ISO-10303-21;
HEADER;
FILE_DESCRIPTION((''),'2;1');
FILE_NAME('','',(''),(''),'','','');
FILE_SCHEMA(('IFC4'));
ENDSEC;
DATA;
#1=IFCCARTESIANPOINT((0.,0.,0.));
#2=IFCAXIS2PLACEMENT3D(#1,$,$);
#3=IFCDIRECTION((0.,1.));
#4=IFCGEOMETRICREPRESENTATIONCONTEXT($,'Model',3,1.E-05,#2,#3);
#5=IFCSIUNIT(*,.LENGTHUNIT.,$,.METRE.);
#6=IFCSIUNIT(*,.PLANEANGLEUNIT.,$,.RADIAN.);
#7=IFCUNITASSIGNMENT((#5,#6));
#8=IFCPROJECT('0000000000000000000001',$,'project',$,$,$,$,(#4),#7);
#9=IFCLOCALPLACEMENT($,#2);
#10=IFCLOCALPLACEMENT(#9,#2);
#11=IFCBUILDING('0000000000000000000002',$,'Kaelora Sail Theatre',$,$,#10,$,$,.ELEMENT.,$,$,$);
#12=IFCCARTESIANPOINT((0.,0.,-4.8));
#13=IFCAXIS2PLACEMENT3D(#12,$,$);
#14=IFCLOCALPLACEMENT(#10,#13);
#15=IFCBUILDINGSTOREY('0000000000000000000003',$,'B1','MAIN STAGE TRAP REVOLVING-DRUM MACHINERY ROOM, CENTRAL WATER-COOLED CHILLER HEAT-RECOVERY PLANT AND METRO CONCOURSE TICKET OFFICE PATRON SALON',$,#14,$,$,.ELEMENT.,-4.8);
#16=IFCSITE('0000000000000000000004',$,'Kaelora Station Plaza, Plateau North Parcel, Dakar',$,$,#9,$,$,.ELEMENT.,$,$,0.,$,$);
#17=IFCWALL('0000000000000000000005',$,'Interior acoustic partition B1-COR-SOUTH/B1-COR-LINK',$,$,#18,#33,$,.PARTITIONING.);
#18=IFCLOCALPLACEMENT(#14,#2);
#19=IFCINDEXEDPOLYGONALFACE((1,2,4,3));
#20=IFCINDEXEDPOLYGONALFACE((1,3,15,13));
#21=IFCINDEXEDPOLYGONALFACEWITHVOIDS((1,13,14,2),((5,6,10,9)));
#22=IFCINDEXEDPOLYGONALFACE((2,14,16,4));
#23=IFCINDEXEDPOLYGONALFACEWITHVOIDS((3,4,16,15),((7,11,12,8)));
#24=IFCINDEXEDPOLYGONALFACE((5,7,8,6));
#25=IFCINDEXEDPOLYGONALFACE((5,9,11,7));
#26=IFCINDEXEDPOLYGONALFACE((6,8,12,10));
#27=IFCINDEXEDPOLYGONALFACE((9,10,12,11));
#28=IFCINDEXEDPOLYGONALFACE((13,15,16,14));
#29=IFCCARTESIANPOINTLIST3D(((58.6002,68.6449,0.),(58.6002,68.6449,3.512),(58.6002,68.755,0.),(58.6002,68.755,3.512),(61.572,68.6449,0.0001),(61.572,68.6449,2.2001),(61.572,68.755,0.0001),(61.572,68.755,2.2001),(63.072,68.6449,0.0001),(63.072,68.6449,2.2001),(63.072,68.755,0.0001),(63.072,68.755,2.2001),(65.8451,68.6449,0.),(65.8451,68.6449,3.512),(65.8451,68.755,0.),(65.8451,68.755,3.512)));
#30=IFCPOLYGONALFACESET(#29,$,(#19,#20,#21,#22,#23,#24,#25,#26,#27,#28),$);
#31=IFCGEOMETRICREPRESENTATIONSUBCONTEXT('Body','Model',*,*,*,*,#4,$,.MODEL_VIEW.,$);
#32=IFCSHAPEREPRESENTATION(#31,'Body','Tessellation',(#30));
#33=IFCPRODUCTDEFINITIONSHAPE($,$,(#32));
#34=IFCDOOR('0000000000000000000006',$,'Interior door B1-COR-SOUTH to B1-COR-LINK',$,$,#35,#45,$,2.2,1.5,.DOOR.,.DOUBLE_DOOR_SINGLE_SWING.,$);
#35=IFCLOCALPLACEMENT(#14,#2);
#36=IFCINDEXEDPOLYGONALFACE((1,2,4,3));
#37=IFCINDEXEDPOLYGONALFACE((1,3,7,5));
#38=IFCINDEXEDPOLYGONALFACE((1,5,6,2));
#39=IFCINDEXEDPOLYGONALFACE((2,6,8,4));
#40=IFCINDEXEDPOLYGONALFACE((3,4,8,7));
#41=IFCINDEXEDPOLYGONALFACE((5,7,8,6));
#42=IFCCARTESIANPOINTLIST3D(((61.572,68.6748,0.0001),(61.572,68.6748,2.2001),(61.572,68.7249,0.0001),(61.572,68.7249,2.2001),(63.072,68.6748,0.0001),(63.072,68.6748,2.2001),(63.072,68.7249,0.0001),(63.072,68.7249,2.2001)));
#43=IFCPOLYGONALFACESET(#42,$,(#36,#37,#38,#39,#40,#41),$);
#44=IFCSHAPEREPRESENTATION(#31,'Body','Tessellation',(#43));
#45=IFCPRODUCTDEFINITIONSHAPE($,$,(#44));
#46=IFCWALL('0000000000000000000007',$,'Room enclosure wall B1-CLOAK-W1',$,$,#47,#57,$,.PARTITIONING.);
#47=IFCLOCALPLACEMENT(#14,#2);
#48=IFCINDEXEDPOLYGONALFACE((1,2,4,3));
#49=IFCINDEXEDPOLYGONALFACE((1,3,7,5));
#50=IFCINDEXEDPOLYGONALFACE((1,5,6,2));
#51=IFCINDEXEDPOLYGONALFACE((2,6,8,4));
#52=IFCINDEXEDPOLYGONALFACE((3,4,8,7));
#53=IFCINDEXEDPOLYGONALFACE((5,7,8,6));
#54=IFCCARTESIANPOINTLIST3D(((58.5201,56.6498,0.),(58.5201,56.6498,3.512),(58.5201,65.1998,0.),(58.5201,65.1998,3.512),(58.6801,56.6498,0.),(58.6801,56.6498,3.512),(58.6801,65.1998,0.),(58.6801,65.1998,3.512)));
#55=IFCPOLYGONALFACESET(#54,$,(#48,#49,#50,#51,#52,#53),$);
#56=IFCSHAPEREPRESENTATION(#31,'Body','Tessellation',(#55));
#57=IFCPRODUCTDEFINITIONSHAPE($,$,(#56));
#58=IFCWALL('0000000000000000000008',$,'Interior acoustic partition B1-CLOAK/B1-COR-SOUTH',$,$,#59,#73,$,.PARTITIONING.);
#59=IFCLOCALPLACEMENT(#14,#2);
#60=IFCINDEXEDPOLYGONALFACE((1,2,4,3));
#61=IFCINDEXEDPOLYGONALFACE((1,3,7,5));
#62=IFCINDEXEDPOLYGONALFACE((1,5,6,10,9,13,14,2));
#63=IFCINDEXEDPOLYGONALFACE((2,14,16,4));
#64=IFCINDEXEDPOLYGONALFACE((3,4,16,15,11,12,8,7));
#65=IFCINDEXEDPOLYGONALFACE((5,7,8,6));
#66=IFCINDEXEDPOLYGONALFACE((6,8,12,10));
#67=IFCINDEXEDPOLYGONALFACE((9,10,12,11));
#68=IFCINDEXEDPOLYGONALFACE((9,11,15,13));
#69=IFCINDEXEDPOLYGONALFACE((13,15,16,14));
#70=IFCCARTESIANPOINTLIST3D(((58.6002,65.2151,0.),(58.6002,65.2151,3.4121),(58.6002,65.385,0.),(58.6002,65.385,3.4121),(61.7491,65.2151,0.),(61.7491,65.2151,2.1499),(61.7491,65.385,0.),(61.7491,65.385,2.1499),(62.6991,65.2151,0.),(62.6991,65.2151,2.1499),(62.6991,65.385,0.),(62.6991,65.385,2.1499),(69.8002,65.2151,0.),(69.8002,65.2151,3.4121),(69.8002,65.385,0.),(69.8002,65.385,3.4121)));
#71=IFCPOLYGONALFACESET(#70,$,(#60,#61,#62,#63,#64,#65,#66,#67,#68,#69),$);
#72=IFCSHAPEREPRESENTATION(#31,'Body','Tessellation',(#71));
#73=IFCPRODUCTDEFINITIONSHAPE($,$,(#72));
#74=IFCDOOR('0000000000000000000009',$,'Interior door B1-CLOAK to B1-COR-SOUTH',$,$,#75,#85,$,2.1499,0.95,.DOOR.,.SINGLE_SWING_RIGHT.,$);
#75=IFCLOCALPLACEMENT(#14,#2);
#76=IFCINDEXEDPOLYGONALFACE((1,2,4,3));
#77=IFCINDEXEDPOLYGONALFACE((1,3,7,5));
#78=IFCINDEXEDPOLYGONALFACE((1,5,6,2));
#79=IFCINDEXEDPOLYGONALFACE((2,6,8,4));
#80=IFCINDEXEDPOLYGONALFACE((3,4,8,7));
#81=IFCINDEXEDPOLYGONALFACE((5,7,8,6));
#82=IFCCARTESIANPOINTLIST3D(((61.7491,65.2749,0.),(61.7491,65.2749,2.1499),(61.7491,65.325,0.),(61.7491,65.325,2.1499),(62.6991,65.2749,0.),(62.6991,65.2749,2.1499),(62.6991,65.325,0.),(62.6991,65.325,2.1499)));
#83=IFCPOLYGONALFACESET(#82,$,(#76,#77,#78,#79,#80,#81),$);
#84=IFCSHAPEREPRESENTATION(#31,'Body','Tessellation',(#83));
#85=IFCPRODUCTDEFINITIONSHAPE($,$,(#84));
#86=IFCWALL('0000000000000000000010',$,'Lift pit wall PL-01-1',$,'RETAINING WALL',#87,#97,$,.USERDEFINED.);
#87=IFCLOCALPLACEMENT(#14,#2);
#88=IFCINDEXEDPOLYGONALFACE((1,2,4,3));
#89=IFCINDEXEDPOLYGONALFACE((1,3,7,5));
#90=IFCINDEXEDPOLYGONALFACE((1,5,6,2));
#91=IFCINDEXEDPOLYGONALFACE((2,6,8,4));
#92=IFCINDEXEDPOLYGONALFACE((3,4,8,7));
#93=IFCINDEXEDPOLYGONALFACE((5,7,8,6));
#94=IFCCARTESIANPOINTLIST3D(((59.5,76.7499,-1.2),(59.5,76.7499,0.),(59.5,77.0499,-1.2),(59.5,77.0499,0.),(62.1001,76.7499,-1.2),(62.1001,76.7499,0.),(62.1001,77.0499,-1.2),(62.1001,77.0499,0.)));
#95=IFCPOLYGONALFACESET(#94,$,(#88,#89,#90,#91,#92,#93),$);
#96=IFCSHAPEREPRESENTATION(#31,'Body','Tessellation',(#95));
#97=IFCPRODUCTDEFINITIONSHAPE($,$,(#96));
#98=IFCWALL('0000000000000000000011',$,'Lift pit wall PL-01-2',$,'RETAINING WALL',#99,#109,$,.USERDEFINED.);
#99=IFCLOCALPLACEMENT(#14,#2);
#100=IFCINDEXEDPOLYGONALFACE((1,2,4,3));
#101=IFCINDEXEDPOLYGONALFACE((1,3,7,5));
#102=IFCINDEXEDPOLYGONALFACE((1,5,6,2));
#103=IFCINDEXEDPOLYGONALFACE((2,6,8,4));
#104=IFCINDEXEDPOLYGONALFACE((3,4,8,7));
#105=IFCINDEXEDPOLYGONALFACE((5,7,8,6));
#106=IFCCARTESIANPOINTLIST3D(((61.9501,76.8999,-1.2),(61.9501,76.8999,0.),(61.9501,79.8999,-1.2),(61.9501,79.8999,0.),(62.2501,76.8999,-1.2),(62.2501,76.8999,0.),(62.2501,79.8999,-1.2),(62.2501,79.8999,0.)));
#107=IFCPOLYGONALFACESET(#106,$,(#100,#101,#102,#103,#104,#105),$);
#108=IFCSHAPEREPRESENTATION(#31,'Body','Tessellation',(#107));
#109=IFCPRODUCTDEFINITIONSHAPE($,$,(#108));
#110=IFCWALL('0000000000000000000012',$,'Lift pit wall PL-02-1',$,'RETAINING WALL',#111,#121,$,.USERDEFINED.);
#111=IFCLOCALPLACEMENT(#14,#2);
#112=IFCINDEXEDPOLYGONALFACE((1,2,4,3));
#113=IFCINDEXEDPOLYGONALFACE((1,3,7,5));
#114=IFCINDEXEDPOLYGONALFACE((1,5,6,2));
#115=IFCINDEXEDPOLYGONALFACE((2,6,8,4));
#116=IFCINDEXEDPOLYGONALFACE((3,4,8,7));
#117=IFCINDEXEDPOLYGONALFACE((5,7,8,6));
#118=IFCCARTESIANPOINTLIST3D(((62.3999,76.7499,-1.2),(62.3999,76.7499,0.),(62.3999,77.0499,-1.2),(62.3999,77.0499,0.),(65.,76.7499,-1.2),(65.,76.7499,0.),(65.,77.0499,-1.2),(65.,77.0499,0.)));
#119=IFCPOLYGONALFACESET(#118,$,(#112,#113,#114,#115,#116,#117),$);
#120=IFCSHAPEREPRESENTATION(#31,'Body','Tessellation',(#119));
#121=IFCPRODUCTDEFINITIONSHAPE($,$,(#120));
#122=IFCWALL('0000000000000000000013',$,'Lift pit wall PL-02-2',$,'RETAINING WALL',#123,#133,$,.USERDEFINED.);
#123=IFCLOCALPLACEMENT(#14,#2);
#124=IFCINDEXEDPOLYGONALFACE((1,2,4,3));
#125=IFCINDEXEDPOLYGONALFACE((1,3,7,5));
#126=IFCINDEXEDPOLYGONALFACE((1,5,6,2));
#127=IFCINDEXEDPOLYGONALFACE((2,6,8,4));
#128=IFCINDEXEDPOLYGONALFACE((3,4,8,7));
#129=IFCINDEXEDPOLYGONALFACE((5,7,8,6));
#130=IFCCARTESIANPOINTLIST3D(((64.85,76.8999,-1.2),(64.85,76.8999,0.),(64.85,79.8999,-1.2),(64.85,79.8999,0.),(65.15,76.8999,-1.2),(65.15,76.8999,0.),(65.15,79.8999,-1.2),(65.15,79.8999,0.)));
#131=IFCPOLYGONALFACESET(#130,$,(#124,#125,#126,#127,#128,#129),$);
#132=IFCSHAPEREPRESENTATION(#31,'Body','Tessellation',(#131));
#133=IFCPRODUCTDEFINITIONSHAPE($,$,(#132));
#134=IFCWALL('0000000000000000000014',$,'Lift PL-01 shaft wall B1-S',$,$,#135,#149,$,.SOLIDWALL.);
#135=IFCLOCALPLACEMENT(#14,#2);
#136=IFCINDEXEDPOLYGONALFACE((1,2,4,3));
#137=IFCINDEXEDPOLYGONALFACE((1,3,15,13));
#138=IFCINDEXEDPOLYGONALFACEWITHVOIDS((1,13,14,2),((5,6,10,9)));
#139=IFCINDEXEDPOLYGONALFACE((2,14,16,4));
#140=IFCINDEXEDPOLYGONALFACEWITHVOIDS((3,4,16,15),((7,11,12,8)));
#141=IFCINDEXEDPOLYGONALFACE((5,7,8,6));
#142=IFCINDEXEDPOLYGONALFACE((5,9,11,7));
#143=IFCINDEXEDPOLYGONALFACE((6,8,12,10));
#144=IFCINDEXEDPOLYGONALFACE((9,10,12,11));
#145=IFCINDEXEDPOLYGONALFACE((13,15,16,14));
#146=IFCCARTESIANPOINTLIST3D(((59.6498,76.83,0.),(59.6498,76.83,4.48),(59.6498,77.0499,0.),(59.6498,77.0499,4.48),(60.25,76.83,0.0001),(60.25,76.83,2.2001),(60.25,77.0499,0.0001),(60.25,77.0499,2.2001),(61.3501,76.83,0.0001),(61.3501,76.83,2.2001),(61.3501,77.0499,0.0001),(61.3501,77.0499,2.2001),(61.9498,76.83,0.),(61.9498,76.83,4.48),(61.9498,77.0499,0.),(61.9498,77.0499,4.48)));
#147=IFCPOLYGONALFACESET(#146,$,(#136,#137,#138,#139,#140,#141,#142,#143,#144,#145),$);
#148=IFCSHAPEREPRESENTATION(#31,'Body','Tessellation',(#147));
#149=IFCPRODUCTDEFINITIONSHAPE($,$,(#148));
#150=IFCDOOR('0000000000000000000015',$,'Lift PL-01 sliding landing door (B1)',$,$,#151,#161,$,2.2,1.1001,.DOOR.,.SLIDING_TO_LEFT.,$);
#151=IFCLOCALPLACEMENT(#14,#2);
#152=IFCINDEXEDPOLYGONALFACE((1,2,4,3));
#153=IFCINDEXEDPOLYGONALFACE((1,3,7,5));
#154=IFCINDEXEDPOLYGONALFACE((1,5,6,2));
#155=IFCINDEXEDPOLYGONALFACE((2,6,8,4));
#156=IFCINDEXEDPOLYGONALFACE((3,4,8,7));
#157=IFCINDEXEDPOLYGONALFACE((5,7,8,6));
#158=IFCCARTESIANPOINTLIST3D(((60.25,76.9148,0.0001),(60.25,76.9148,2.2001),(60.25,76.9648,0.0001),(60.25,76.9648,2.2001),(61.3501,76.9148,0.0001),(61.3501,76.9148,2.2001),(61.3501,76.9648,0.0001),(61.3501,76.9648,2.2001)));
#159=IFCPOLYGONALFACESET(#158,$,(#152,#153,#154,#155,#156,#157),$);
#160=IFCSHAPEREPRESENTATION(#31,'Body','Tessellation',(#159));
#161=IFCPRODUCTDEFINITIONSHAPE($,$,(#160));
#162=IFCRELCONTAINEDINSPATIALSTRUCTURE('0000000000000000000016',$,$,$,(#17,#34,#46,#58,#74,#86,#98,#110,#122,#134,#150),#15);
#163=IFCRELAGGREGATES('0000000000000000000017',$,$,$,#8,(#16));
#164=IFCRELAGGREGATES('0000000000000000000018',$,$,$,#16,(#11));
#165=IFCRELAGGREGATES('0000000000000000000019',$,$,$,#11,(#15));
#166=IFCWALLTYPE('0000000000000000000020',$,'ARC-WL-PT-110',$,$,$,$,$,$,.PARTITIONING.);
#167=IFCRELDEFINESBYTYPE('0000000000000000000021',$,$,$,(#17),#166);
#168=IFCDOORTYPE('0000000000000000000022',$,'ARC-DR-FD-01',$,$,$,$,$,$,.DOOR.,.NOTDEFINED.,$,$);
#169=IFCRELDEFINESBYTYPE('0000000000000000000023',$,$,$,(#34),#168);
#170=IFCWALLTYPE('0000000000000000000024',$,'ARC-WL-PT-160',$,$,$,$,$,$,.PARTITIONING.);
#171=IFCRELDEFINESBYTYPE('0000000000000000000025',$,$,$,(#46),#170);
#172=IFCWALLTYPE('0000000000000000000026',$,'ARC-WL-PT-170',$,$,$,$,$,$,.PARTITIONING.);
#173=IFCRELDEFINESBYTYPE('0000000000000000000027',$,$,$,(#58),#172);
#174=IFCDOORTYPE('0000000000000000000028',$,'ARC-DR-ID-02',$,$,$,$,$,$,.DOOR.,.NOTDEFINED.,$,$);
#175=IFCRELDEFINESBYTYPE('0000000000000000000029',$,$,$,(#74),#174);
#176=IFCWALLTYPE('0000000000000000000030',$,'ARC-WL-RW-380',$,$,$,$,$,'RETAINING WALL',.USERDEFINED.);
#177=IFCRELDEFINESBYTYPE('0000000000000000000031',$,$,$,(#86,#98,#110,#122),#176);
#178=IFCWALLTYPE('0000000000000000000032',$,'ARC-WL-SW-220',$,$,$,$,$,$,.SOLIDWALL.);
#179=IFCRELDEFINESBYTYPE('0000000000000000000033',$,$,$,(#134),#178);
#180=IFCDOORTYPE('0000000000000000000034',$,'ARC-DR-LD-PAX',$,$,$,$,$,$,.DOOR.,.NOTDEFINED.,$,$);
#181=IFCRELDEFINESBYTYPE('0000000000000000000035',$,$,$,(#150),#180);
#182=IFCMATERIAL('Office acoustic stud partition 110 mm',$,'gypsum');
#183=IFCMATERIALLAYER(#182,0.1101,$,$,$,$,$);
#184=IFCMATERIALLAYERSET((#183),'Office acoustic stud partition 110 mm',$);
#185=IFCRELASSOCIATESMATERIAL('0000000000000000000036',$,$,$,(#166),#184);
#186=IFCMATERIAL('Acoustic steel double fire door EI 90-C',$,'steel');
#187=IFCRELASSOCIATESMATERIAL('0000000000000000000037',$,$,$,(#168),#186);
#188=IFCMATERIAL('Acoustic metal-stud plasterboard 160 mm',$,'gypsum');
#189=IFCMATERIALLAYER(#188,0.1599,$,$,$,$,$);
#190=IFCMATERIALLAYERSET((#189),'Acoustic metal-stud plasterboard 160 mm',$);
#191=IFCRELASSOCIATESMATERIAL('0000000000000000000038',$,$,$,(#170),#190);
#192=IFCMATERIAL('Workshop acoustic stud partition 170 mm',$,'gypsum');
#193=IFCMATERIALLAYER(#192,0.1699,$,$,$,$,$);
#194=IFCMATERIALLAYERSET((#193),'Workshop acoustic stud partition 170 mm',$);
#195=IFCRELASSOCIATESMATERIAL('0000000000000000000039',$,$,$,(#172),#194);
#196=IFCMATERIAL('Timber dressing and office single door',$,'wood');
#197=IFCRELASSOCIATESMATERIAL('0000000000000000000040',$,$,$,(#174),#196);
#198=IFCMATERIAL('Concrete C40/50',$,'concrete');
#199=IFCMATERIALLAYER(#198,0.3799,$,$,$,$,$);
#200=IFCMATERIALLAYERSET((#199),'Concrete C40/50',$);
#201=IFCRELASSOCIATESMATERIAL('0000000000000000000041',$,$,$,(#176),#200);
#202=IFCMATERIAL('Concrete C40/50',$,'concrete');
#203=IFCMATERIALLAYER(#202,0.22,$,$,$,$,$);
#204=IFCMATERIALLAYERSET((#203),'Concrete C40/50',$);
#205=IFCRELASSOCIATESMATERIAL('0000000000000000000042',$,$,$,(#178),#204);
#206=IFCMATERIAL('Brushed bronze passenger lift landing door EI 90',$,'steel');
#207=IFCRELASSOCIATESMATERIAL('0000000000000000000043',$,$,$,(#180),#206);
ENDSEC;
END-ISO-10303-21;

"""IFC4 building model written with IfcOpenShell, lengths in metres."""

from ifc_helpers import new_model, si_unit, direction, frame, frame_2d, origin, place, context, subcontext, project, spatial, rectangle, extrude, material, layer, layer_set, type_object, element, fill, save


model = new_model("IFC4")

# Units and contexts
model_context = context("Model", 3, precision=1e-05, world=origin(), true_north=direction((0.0, 1.0)))
body_context = subcontext(model_context, "Body", "Model", "MODEL_VIEW")
ifc_project = project(units=[si_unit("LENGTHUNIT", "METRE"), si_unit("PLANEANGLEUNIT", "RADIAN")], contexts=[model_context])

# Site, building, storey
site_placement = place(None, origin())
site = spatial("IfcSite", under=ifc_project, at=site_placement, Name="Kaelora Station Plaza, Plateau North Parcel, Dakar", CompositionType="ELEMENT", RefElevation=0.0)
building_placement = place(site_placement, origin())
building = spatial("IfcBuilding", under=site, at=building_placement, Name="Kaelora Sail Theatre", CompositionType="ELEMENT")
storey_placement = place(building_placement, frame((0.0, 0.0, -4.8)))
storey = spatial("IfcBuildingStorey", under=building, at=storey_placement, Name="B1", Description="MAIN STAGE TRAP REVOLVING-DRUM MACHINERY ROOM, CENTRAL WATER-COOLED CHILLER HEAT-RECOVERY PLANT AND METRO CONCOURSE TICKET OFFICE PATRON SALON", CompositionType="ELEMENT", Elevation=-4.8)

# Wall, opening, door
ifc_material_1 = material(Name="Office acoustic stud partition 110 mm", Category="gypsum")
ifc_layer_1 = layer(ifc_material_1, 0.1101)
ifc_layer_set_1 = layer_set([ifc_layer_1], Name="Office acoustic stud partition 110 mm")
wall_type_1 = type_object("IfcWallType", Name="ARC-WL-PT-110", PredefinedType="PARTITIONING", material=ifc_layer_set_1)
wall_1_placement = place(storey_placement, frame((58.6001, 68.7, 0.0), z_axis=(0.0, 0.0, 1.0), x_axis=(1.0, 0.0, 0.0)))
wall_1 = element("IfcWall", 1, at=wall_1_placement, inside=storey, type_object=wall_type_1, Name="Interior acoustic partition B1-COR-SOUTH/B1-COR-LINK", PredefinedType="PARTITIONING", context=body_context, shape_type="SweptSolid", body=[
    extrude(rectangle(XDim=7.2449, YDim=0.1101, at=frame_2d((3.6226, 0.0))), origin(), (0.0, 0.0, 1.0), 3.512),
])
opening_1_placement = place(wall_1_placement, frame((2.9719, 0.0, 0.0)))
opening_1 = element("IfcOpeningElement", 2, at=opening_1_placement, cuts=wall_1, PredefinedType="OPENING", context=body_context, shape_type="SweptSolid", body=[
    extrude(rectangle(XDim=1.5, YDim=2.2, at=frame_2d((0.75, 1.1001))), frame((0.0, 0.0652, 0.0), z_axis=(0.0, -1.0, 0.0), x_axis=(1.0, 0.0, 0.0)), (0.0, 0.0, 1.0), 0.1301),
])
ifc_material_2 = material(Name="Acoustic steel double fire door EI 90-C", Category="steel")
door_type_1 = type_object("IfcDoorType", Name="ARC-DR-FD-01", OperationType="NOTDEFINED", PredefinedType="DOOR", material=ifc_material_2)
door_1_placement = place(opening_1_placement, origin())
door_1 = element("IfcDoor", 3, at=door_1_placement, inside=storey, type_object=door_type_1, Name="Interior door B1-COR-SOUTH to B1-COR-LINK", OperationType="DOUBLE_DOOR_SINGLE_SWING", OverallHeight=2.2, OverallWidth=1.5, PredefinedType="DOOR", context=body_context, shape_type="SweptSolid", body=[
    extrude(rectangle(XDim=1.5, YDim=2.2, at=frame_2d((0.75, 1.1001))), frame((0.0, 0.0249, 0.0), z_axis=(0.0, -1.0, 0.0), x_axis=(1.0, 0.0, 0.0)), (0.0, 0.0, 1.0), 0.05),
])
fill(opening_1, door_1)

# Wall
ifc_material_3 = material(Name="Acoustic metal-stud plasterboard 160 mm", Category="gypsum")
ifc_layer_2 = layer(ifc_material_3, 0.1599)
ifc_layer_set_2 = layer_set([ifc_layer_2], Name="Acoustic metal-stud plasterboard 160 mm")
wall_type_2 = type_object("IfcWallType", Name="ARC-WL-PT-160", PredefinedType="PARTITIONING", material=ifc_layer_set_2)
wall_2_placement = place(storey_placement, frame((58.6001, 56.6499, 0.0), z_axis=(0.0, 0.0, 1.0), x_axis=(0.0, 1.0, 0.0)))
element("IfcWall", 4, at=wall_2_placement, inside=storey, type_object=wall_type_2, Name="Room enclosure wall B1-CLOAK-W1", PredefinedType="PARTITIONING", context=body_context, shape_type="SweptSolid", body=[
    extrude(rectangle(XDim=8.55, YDim=0.1599, at=frame_2d((4.2749, 0.0))), origin(), (0.0, 0.0, 1.0), 3.512),
])

# Wall, opening, door
ifc_material_4 = material(Name="Workshop acoustic stud partition 170 mm", Category="gypsum")
ifc_layer_3 = layer(ifc_material_4, 0.1699)
ifc_layer_set_3 = layer_set([ifc_layer_3], Name="Workshop acoustic stud partition 170 mm")
wall_type_3 = type_object("IfcWallType", Name="ARC-WL-PT-170", PredefinedType="PARTITIONING", material=ifc_layer_set_3)
wall_3_placement = place(storey_placement, frame((58.6001, 65.3, 0.0), z_axis=(0.0, 0.0, 1.0), x_axis=(1.0, 0.0, 0.0)))
wall_3 = element("IfcWall", 5, at=wall_3_placement, inside=storey, type_object=wall_type_3, Name="Interior acoustic partition B1-CLOAK/B1-COR-SOUTH", PredefinedType="PARTITIONING", context=body_context, shape_type="SweptSolid", body=[
    extrude(rectangle(XDim=11.2, YDim=0.1699, at=frame_2d((5.6001, 0.0))), origin(), (0.0, 0.0, 1.0), 3.4121),
])
opening_2_placement = place(wall_3_placement, frame((3.1489, 0.0, 0.0)))
opening_2 = element("IfcOpeningElement", 6, at=opening_2_placement, cuts=wall_3, PredefinedType="OPENING", context=body_context, shape_type="SweptSolid", body=[
    extrude(rectangle(XDim=0.95, YDim=2.1499, at=frame_2d((0.4751, 1.075))), frame((0.0, 0.095, 0.0), z_axis=(0.0, -1.0, 0.0), x_axis=(1.0, 0.0, 0.0)), (0.0, 0.0, 1.0), 0.1899),
])
ifc_material_5 = material(Name="Timber dressing and office single door", Category="wood")
door_type_2 = type_object("IfcDoorType", Name="ARC-DR-ID-02", OperationType="NOTDEFINED", PredefinedType="DOOR", material=ifc_material_5)
door_2_placement = place(opening_2_placement, origin())
door_2 = element("IfcDoor", 7, at=door_2_placement, inside=storey, type_object=door_type_2, Name="Interior door B1-CLOAK to B1-COR-SOUTH", OperationType="SINGLE_SWING_RIGHT", OverallHeight=2.1499, OverallWidth=0.95, PredefinedType="DOOR", context=body_context, shape_type="SweptSolid", body=[
    extrude(rectangle(XDim=0.95, YDim=2.1499, at=frame_2d((0.4751, 1.075))), frame((0.0, 0.0249, 0.0), z_axis=(0.0, -1.0, 0.0), x_axis=(1.0, 0.0, 0.0)), (0.0, 0.0, 1.0), 0.05),
])
fill(opening_2, door_2)

# Walls
ifc_material_6 = material(Name="Concrete C40/50", Category="concrete")
ifc_layer_4 = layer(ifc_material_6, 0.3799)
ifc_layer_set_4 = layer_set([ifc_layer_4], Name="Concrete C40/50")
wall_type_4 = type_object("IfcWallType", Name="ARC-WL-RW-380", ElementType="RETAINING WALL", PredefinedType="USERDEFINED", material=ifc_layer_set_4)
wall_4_placement = place(storey_placement, frame((59.5, 76.8999, -1.2), z_axis=(0.0, 0.0, 1.0), x_axis=(1.0, 0.0, 0.0)))
element("IfcWall", 8, at=wall_4_placement, inside=storey, type_object=wall_type_4, Name="Lift pit wall PL-01-1", ObjectType="RETAINING WALL", PredefinedType="USERDEFINED", context=body_context, shape_type="SweptSolid", body=[
    extrude(rectangle(XDim=2.6001, YDim=0.3, at=frame_2d((1.3, 0.0))), origin(), (0.0, 0.0, 1.0), 1.2),
])
wall_5_placement = place(storey_placement, frame((62.1001, 76.8999, -1.2), z_axis=(0.0, 0.0, 1.0), x_axis=(0.0, 1.0, 0.0)))
element("IfcWall", 9, at=wall_5_placement, inside=storey, type_object=wall_type_4, Name="Lift pit wall PL-01-2", ObjectType="RETAINING WALL", PredefinedType="USERDEFINED", context=body_context, shape_type="SweptSolid", body=[
    extrude(rectangle(XDim=3.0, YDim=0.3, at=frame_2d((1.5, 0.0))), origin(), (0.0, 0.0, 1.0), 1.2),
])
wall_6_placement = place(storey_placement, frame((62.3999, 76.8999, -1.2), z_axis=(0.0, 0.0, 1.0), x_axis=(1.0, 0.0, 0.0)))
element("IfcWall", 10, at=wall_6_placement, inside=storey, type_object=wall_type_4, Name="Lift pit wall PL-02-1", ObjectType="RETAINING WALL", PredefinedType="USERDEFINED", context=body_context, shape_type="SweptSolid", body=[
    extrude(rectangle(XDim=2.6001, YDim=0.3, at=frame_2d((1.3, 0.0))), origin(), (0.0, 0.0, 1.0), 1.2),
])
wall_7_placement = place(storey_placement, frame((65.0, 76.8999, -1.2), z_axis=(0.0, 0.0, 1.0), x_axis=(0.0, 1.0, 0.0)))
element("IfcWall", 11, at=wall_7_placement, inside=storey, type_object=wall_type_4, Name="Lift pit wall PL-02-2", ObjectType="RETAINING WALL", PredefinedType="USERDEFINED", context=body_context, shape_type="SweptSolid", body=[
    extrude(rectangle(XDim=3.0, YDim=0.3, at=frame_2d((1.5, 0.0))), origin(), (0.0, 0.0, 1.0), 1.2),
])

# Wall, opening, door
ifc_material_7 = material(Name="Concrete C40/50", Category="concrete")
ifc_layer_5 = layer(ifc_material_7, 0.22)
ifc_layer_set_5 = layer_set([ifc_layer_5], Name="Concrete C40/50")
wall_type_5 = type_object("IfcWallType", Name="ARC-WL-SW-220", PredefinedType="SOLIDWALL", material=ifc_layer_set_5)
wall_8_placement = place(storey_placement, frame((59.6499, 76.9399, 0.0), z_axis=(0.0, 0.0, 1.0), x_axis=(1.0, 0.0, 0.0)))
wall_8 = element("IfcWall", 12, at=wall_8_placement, inside=storey, type_object=wall_type_5, Name="Lift PL-01 shaft wall B1-S", PredefinedType="SOLIDWALL", context=body_context, shape_type="SweptSolid", body=[
    extrude(rectangle(XDim=2.3, YDim=0.22, at=frame_2d((1.1499, 0.0))), origin(), (0.0, 0.0, 1.0), 4.48),
])
opening_3_placement = place(wall_8_placement, frame((0.6001, 0.0, 0.0)))
opening_3 = element("IfcOpeningElement", 13, at=opening_3_placement, cuts=wall_8, PredefinedType="OPENING", context=body_context, shape_type="SweptSolid", body=[
    extrude(rectangle(XDim=1.1001, YDim=2.2, at=frame_2d((0.55, 1.1001))), frame((0.0, 0.1199, 0.0), z_axis=(0.0, -1.0, 0.0), x_axis=(1.0, 0.0, 0.0)), (0.0, 0.0, 1.0), 0.24),
])
ifc_material_8 = material(Name="Brushed bronze passenger lift landing door EI 90", Category="steel")
door_type_3 = type_object("IfcDoorType", Name="ARC-DR-LD-PAX", OperationType="NOTDEFINED", PredefinedType="DOOR", material=ifc_material_8)
door_3_placement = place(opening_3_placement, origin())
door_3 = element("IfcDoor", 14, at=door_3_placement, inside=storey, type_object=door_type_3, Name="Lift PL-01 sliding landing door (B1)", OperationType="SLIDING_TO_LEFT", OverallHeight=2.2, OverallWidth=1.1001, PredefinedType="DOOR", context=body_context, shape_type="SweptSolid", body=[
    extrude(rectangle(XDim=1.1001, YDim=2.2, at=frame_2d((0.55, 1.1001))), frame((0.0, 0.0249, 0.0), z_axis=(0.0, -1.0, 0.0), x_axis=(1.0, 0.0, 0.0)), (0.0, 0.0, 1.0), 0.05),
])
fill(opening_3, door_3)

save(model, "model.ifc")
